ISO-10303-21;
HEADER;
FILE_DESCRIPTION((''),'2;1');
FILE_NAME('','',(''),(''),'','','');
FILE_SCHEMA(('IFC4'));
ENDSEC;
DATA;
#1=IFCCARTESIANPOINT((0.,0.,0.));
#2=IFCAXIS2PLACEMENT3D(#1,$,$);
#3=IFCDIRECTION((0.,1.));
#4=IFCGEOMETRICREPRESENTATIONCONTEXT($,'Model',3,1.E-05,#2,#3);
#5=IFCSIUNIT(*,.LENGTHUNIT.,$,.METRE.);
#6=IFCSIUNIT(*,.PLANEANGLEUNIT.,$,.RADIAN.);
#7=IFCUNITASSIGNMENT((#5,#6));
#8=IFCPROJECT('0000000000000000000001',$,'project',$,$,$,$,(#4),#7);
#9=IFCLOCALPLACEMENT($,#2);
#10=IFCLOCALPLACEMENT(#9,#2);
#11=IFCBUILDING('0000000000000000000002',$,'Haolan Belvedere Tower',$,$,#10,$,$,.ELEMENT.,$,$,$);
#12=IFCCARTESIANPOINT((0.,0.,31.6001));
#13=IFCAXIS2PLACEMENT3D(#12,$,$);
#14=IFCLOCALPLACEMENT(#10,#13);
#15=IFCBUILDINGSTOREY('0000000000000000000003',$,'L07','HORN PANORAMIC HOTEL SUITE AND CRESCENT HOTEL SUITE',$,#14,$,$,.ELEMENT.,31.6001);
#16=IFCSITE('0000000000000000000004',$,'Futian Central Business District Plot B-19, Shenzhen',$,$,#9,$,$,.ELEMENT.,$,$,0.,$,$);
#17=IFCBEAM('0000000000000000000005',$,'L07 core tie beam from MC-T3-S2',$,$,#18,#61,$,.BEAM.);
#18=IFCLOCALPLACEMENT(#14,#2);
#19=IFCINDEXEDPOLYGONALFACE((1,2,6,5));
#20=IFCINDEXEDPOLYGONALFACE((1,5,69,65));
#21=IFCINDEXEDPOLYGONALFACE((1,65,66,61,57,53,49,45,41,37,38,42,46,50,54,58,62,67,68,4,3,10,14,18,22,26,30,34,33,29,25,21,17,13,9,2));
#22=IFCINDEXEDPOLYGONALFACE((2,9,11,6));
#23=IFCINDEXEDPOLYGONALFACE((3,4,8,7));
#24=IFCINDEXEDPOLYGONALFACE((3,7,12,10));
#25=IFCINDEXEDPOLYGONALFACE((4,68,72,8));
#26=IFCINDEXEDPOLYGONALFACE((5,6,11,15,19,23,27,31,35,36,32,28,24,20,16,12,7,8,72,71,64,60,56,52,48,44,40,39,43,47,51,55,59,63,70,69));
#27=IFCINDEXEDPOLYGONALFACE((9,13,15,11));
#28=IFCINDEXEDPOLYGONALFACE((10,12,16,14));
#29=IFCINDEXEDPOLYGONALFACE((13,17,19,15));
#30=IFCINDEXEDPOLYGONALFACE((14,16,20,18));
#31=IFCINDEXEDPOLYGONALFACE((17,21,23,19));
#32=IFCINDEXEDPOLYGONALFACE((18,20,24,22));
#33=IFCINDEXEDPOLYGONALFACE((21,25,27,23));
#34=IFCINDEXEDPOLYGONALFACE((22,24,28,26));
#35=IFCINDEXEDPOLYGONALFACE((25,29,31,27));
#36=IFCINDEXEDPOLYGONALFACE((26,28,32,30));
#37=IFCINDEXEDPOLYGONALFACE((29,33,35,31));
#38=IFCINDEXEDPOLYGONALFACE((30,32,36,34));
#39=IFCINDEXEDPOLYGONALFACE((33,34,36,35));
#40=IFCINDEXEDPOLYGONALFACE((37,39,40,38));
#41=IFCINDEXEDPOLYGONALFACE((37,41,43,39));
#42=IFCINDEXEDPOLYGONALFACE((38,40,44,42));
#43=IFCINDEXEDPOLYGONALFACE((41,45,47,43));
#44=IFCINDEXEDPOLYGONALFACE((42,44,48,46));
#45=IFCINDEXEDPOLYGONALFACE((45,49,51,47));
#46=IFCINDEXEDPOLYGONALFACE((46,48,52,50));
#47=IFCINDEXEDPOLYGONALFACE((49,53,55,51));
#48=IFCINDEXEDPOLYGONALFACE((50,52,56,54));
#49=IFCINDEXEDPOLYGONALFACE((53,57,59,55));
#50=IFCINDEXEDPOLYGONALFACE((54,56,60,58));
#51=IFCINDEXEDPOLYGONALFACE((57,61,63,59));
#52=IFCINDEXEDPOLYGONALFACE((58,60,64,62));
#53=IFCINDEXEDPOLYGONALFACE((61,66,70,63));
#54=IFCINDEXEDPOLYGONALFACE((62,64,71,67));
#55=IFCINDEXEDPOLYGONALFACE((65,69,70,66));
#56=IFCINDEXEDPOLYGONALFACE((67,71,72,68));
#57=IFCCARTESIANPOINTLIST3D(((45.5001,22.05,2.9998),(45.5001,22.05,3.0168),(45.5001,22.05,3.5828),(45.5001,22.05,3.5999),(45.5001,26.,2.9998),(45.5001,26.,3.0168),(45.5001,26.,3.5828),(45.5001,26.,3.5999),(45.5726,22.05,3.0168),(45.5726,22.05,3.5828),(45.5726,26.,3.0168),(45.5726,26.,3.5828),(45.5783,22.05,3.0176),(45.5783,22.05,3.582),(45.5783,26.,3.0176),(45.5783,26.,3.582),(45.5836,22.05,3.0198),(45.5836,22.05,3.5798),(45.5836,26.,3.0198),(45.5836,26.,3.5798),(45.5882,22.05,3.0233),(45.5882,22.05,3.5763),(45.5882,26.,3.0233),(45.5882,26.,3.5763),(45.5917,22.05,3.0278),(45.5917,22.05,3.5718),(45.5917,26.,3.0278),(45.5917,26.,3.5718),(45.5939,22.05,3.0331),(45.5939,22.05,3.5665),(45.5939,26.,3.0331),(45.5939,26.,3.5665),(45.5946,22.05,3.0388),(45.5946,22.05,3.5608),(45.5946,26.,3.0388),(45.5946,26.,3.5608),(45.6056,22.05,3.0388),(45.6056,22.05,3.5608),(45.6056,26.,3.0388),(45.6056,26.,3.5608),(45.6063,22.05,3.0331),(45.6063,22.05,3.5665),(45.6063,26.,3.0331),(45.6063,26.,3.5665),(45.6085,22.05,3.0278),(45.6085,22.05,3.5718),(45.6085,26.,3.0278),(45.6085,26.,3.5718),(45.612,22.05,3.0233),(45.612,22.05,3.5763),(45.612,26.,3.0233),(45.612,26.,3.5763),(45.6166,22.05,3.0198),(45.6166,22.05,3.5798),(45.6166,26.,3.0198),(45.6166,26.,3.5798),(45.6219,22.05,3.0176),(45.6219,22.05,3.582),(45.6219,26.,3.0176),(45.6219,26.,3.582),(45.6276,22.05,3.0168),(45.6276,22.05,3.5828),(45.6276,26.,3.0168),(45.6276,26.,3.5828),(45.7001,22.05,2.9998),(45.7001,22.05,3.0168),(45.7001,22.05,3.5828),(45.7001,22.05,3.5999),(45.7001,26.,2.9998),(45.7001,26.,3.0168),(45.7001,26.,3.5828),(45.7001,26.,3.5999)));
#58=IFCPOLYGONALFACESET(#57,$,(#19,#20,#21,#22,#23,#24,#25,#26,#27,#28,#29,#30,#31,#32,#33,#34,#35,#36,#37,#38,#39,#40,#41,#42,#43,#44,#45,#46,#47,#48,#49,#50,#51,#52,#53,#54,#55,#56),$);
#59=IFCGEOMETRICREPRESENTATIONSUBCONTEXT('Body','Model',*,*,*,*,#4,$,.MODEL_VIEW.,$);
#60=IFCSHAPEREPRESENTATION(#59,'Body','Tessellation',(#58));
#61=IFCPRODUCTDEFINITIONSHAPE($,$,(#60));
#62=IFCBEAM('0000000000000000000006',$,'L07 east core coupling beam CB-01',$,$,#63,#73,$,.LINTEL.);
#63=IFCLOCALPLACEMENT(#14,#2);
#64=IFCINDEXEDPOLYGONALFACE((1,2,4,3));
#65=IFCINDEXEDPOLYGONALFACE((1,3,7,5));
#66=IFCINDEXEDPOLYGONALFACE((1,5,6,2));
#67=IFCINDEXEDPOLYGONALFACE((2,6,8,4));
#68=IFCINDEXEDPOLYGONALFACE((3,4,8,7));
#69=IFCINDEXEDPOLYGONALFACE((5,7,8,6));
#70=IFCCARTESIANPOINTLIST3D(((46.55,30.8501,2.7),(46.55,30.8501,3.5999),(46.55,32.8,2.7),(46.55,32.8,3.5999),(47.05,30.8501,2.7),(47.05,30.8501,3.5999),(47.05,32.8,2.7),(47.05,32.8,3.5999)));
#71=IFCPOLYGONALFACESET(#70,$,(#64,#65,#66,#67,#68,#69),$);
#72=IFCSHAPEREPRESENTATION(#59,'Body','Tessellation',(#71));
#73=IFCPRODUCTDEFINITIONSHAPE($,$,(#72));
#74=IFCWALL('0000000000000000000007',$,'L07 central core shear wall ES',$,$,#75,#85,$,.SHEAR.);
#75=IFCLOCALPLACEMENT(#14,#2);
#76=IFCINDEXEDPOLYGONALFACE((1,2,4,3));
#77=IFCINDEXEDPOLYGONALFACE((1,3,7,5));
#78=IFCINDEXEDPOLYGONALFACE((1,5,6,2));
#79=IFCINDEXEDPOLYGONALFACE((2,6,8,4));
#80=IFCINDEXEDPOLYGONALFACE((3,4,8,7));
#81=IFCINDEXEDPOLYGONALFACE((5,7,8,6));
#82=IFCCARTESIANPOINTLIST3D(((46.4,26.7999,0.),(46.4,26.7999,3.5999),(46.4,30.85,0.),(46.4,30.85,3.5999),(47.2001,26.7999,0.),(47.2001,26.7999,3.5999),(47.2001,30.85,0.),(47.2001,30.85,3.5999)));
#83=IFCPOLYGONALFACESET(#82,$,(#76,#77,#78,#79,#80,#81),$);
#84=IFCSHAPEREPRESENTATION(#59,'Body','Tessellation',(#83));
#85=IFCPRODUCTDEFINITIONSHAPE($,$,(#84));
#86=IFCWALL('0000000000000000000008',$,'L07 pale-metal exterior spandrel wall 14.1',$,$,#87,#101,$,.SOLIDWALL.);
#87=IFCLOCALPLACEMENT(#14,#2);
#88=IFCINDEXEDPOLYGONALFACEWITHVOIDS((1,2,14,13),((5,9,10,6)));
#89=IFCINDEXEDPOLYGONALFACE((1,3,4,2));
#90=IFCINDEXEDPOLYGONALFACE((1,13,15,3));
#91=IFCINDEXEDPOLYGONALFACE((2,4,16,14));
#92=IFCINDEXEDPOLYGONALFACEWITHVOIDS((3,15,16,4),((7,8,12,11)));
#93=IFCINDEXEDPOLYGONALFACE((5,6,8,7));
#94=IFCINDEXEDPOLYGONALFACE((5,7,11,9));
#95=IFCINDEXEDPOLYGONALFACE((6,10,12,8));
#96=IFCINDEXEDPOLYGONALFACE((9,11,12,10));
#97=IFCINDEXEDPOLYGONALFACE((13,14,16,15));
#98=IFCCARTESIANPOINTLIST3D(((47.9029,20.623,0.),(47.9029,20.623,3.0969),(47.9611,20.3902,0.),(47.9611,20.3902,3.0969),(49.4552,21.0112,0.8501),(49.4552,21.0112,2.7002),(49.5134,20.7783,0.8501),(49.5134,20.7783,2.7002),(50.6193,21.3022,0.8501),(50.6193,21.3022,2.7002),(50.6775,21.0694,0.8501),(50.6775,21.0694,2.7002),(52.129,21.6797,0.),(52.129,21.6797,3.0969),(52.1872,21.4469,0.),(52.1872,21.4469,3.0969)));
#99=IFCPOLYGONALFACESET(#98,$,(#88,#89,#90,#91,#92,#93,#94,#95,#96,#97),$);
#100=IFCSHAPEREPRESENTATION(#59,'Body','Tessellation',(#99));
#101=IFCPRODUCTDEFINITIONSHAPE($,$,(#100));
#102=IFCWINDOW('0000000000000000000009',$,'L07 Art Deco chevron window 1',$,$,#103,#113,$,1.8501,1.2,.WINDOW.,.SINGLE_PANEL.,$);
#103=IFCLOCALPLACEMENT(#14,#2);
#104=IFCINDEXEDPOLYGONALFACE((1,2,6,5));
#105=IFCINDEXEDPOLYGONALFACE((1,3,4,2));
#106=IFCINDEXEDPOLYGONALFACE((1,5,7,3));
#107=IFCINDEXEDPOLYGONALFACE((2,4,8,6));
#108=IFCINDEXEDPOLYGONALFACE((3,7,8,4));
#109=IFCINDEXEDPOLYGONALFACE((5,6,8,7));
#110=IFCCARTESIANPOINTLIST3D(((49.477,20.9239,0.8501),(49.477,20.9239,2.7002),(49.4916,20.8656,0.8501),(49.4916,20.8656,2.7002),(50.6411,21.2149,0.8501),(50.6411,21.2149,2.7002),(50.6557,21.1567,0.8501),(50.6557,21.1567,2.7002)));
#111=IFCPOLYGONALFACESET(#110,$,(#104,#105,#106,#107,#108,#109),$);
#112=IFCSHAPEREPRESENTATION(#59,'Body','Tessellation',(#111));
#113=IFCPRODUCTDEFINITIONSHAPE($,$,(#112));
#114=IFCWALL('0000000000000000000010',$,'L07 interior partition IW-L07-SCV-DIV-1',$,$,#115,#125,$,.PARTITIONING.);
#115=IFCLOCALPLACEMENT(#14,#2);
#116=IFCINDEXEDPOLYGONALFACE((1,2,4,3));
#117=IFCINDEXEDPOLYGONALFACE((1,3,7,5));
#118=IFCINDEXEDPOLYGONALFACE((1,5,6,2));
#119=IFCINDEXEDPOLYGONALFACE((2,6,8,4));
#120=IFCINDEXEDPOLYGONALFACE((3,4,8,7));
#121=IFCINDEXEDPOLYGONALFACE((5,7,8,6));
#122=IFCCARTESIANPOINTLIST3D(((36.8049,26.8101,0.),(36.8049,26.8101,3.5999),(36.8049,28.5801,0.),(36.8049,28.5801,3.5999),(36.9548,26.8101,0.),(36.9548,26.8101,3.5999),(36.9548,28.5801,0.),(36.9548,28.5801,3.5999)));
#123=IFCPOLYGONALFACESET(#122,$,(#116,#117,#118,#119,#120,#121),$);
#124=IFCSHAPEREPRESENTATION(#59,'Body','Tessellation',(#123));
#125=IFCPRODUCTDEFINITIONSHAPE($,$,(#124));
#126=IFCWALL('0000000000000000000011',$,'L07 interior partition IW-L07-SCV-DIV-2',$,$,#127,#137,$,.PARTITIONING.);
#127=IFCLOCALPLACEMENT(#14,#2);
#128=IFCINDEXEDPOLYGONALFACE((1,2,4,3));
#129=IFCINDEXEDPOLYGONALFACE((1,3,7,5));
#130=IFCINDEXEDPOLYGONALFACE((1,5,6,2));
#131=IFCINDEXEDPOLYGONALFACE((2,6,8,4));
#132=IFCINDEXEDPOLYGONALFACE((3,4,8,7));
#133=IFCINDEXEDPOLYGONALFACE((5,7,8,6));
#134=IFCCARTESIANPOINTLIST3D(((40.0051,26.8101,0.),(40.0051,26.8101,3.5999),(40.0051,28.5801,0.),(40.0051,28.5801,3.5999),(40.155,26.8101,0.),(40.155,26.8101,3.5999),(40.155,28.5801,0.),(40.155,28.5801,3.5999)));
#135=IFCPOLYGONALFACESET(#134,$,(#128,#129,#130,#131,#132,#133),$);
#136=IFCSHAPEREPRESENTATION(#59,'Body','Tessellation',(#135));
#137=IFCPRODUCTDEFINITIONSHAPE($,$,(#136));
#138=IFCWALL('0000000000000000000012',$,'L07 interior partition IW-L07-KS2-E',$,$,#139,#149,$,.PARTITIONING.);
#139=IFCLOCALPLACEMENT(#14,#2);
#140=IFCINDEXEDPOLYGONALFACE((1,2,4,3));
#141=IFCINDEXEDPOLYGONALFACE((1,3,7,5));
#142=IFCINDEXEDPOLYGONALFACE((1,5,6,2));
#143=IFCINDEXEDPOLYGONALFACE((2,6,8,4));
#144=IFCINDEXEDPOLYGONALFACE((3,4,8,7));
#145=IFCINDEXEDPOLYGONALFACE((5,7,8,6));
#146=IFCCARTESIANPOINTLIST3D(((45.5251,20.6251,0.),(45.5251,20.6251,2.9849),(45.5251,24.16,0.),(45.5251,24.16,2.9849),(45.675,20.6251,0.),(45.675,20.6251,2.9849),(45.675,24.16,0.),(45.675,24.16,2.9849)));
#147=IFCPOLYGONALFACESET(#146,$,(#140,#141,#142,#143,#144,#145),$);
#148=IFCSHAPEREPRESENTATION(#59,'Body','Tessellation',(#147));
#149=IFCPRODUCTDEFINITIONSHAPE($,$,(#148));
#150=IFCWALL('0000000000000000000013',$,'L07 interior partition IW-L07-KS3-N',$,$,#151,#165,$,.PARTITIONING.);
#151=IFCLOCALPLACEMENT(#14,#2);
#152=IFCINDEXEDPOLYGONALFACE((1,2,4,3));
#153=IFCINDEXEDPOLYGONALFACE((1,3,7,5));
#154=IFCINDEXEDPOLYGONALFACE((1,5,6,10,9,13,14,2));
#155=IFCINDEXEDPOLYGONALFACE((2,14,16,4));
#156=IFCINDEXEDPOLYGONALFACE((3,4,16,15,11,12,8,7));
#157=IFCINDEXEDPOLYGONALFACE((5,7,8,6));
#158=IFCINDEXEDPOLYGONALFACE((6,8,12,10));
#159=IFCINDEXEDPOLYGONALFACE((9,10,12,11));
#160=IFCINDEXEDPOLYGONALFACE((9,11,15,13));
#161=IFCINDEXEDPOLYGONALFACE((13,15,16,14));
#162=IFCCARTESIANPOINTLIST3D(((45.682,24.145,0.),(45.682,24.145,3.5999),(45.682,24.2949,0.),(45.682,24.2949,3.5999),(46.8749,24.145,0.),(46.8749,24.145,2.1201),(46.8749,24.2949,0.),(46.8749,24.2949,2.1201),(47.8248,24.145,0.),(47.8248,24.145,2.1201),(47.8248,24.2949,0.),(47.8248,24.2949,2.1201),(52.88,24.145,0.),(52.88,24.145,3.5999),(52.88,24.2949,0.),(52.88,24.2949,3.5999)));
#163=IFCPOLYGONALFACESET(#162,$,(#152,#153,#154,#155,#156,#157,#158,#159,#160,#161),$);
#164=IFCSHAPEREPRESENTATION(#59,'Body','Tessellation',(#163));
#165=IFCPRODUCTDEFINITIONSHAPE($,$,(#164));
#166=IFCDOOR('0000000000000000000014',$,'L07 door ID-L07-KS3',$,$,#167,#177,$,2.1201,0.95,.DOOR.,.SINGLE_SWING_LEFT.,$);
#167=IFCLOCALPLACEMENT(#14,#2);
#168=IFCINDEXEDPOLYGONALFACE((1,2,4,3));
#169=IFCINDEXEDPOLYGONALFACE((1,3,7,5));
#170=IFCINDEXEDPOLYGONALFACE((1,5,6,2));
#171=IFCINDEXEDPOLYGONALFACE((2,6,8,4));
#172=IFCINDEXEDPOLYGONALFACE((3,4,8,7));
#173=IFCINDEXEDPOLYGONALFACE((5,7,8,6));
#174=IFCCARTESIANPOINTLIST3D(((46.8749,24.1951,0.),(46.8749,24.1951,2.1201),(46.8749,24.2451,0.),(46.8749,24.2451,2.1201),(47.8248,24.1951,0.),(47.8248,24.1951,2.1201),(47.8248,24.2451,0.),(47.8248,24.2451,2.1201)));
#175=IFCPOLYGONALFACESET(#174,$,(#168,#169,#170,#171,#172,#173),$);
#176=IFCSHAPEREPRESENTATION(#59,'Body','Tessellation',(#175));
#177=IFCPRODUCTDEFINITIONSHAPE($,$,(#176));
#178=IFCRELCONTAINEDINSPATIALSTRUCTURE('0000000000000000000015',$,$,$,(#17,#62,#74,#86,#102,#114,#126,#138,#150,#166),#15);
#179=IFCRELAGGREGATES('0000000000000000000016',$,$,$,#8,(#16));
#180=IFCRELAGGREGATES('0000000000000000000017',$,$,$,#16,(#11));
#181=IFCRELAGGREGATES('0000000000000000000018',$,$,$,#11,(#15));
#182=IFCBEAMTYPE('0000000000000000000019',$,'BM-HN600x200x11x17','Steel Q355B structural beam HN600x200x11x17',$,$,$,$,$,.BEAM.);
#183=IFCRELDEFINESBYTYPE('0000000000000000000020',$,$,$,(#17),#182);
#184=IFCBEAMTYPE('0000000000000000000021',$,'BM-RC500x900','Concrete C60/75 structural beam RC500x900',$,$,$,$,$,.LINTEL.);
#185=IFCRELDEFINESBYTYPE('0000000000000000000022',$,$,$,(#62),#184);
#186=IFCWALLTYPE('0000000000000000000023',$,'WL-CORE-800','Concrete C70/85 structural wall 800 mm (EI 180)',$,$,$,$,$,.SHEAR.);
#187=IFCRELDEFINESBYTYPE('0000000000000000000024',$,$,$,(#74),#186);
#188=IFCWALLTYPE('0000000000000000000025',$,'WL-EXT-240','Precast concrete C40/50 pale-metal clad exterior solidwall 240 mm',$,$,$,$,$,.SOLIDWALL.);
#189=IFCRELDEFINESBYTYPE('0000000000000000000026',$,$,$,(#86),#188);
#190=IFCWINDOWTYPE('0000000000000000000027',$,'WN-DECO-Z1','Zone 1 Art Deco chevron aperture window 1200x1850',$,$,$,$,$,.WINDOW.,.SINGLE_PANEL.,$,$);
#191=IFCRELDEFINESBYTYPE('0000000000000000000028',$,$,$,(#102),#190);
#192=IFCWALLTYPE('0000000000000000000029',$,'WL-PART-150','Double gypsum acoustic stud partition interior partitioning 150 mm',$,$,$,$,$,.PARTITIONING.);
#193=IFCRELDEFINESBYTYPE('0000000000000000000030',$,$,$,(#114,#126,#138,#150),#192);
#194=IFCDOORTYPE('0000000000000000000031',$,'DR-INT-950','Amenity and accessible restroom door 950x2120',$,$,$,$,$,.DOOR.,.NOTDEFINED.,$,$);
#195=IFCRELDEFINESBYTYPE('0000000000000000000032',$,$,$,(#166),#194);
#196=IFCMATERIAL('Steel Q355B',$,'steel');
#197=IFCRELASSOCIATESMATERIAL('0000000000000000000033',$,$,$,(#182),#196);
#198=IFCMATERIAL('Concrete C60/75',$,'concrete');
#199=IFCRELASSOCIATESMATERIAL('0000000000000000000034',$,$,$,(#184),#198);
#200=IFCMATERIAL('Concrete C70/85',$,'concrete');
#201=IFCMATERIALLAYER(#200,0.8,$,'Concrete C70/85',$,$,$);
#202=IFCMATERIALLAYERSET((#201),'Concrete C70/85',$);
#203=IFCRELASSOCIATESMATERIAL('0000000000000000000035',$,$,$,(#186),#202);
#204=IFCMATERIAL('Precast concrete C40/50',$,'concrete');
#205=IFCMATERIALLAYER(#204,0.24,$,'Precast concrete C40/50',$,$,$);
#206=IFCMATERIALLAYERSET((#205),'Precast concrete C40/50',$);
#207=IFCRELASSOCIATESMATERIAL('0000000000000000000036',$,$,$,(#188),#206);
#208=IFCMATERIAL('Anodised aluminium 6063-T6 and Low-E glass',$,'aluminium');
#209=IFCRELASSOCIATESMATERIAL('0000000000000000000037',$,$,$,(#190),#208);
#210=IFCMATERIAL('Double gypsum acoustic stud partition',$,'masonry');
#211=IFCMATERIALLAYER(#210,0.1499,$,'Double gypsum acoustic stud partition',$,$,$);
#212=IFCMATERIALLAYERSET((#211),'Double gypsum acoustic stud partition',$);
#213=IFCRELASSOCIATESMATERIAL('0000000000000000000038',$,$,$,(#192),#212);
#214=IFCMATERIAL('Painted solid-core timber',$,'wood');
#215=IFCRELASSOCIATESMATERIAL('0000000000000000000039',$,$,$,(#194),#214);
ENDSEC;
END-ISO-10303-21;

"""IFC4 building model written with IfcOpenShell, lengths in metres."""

from ifc_helpers import new_model, si_unit, direction, frame, frame_2d, origin, origin_2d, place, context, subcontext, project, spatial, rectangle, i_section, extrude, material, layer, layer_set, material_profile, profile_set, type_object, element, fill, save


model = new_model("IFC4")

# Units and contexts
model_context = context("Model", 3, precision=1e-05, world=origin(), true_north=direction((0.0, 1.0)))
body_context = subcontext(model_context, "Body", "Model", "MODEL_VIEW")
ifc_project = project(units=[si_unit("LENGTHUNIT", "METRE"), si_unit("PLANEANGLEUNIT", "RADIAN")], contexts=[model_context])

# Site, building, storey
site_placement = place(None, origin())
site = spatial("IfcSite", under=ifc_project, at=site_placement, Name="Futian Central Business District Plot B-19, Shenzhen", CompositionType="ELEMENT", RefElevation=0.0)
building_placement = place(site_placement, origin())
building = spatial("IfcBuilding", under=site, at=building_placement, Name="Haolan Belvedere Tower", CompositionType="ELEMENT")
storey_placement = place(building_placement, frame((0.0, 0.0, 31.6001)))
storey = spatial("IfcBuildingStorey", under=building, at=storey_placement, Name="L07", Description="HORN PANORAMIC HOTEL SUITE AND CRESCENT HOTEL SUITE", CompositionType="ELEMENT", Elevation=31.6001)

# Shared definitions
ifc_material_1 = material(Name="Steel Q355B", Category="steel")

# Beams
ifc_material_profile_1 = material_profile(ifc_material_1, i_section(OverallWidth=0.2, OverallDepth=0.6001, WebThickness=0.011, FlangeThickness=0.0171, FilletRadius=0.022, at=origin_2d()), Name="Steel Q355B")
ifc_profile_set_1 = profile_set([ifc_material_profile_1], Name="Steel Q355B")
beam_type_1 = type_object("IfcBeamType", Name="BM-HN600x200x11x17", Description="Steel Q355B structural beam HN600x200x11x17", PredefinedType="BEAM", material=ifc_profile_set_1)
for number, where, z_axis, x_axis, name in (
    (1, (45.6001, 22.05, 3.2998), (0.0, 1.0, 0.0), (-1.0, 0.0, 0.0), "L07 core tie beam from MC-T3-S2"),
):
    element("IfcBeam", number, at=place(storey_placement, frame(where, z_axis=z_axis, x_axis=x_axis)), inside=storey, type_object=beam_type_1, Name=name, PredefinedType="BEAM", context=body_context, shape_type="SweptSolid", body=[
        extrude(i_section(OverallWidth=0.2, OverallDepth=0.6001, WebThickness=0.011, FlangeThickness=0.0171, FilletRadius=0.022, at=origin_2d()), origin(), (0.0, 0.0, 1.0), 3.95),
    ])
ifc_material_2 = material(Name="Concrete C60/75", Category="concrete")
ifc_material_profile_2 = material_profile(ifc_material_2, rectangle(XDim=0.5, YDim=0.8999, at=origin_2d()), Name="Concrete C60/75")
ifc_profile_set_2 = profile_set([ifc_material_profile_2], Name="Concrete C60/75")
beam_type_2 = type_object("IfcBeamType", Name="BM-RC500x900", Description="Concrete C60/75 structural beam RC500x900", PredefinedType="LINTEL", material=ifc_profile_set_2)
beam_1_placement = place(storey_placement, frame((46.8, 30.8501, 3.1499), z_axis=(0.0, 1.0, 0.0), x_axis=(-1.0, 0.0, 0.0)))
element("IfcBeam", 2, at=beam_1_placement, inside=storey, type_object=beam_type_2, Name="L07 east core coupling beam CB-01", PredefinedType="LINTEL", context=body_context, shape_type="SweptSolid", body=[
    extrude(rectangle(XDim=0.5, YDim=0.8999, at=origin_2d()), origin(), (0.0, 0.0, 1.0), 1.95),
])

# Wall
ifc_material_3 = material(Name="Concrete C70/85", Category="concrete")
ifc_layer_1 = layer(ifc_material_3, 0.8, Name="Concrete C70/85")
ifc_layer_set_1 = layer_set([ifc_layer_1], Name="Concrete C70/85")
wall_type_1 = type_object("IfcWallType", Name="WL-CORE-800", Description="Concrete C70/85 structural wall 800 mm (EI 180)", PredefinedType="SHEAR", material=ifc_layer_set_1)
wall_1_placement = place(storey_placement, frame((46.8, 26.8, 0.0), z_axis=(0.0, 0.0, 1.0), x_axis=(0.0, 1.0, 0.0)))
element("IfcWall", 3, at=wall_1_placement, inside=storey, type_object=wall_type_1, Name="L07 central core shear wall ES", PredefinedType="SHEAR", context=body_context, shape_type="SweptSolid", body=[
    extrude(rectangle(XDim=4.05, YDim=0.8, at=frame_2d((2.0249, 0.0))), origin(), (0.0, 0.0, 1.0), 3.5999),
])

# Wall, opening, window
ifc_material_4 = material(Name="Precast concrete C40/50", Category="concrete")
ifc_layer_2 = layer(ifc_material_4, 0.24, Name="Precast concrete C40/50")
ifc_layer_set_2 = layer_set([ifc_layer_2], Name="Precast concrete C40/50")
wall_type_2 = type_object("IfcWallType", Name="WL-EXT-240", Description="Precast concrete C40/50 pale-metal clad exterior solidwall 240 mm", PredefinedType="SOLIDWALL", material=ifc_layer_set_2)
wall_2_placement = place(storey_placement, frame((47.9319, 20.5066, 0.0), z_axis=(0.0, 0.0, 1.0), x_axis=(0.970136, 0.242562, 0.0)))
wall_2 = element("IfcWall", 4, at=wall_2_placement, inside=storey, type_object=wall_type_2, Name="L07 pale-metal exterior spandrel wall 14.1", PredefinedType="SOLIDWALL", context=body_context, shape_type="SweptSolid", body=[
    extrude(rectangle(XDim=4.3562, YDim=0.24, at=frame_2d((2.1782, 0.0))), origin(), (0.0, 0.0, 1.0), 3.0969),
])
opening_1_placement = place(wall_2_placement, frame((1.6001, 0.0, 0.8501)))
opening_1 = element("IfcOpeningElement", 5, at=opening_1_placement, cuts=wall_2, PredefinedType="OPENING", context=body_context, shape_type="SweptSolid", body=[
    extrude(rectangle(XDim=1.2, YDim=1.8501, at=frame_2d((0.6001, 0.925))), frame((0.0, 0.1299, 0.0), z_axis=(0.0, -1.0, 0.0), x_axis=(1.0, 0.0, 0.0)), (0.0, 0.0, 1.0), 0.26),
])
ifc_material_5 = material(Name="Anodised aluminium 6063-T6 and Low-E glass", Category="aluminium")
window_type = type_object("IfcWindowType", Name="WN-DECO-Z1", Description="Zone 1 Art Deco chevron aperture window 1200x1850", PartitioningType="SINGLE_PANEL", PredefinedType="WINDOW", material=ifc_material_5)
window_placement = place(opening_1_placement, origin())
window = element("IfcWindow", 6, at=window_placement, inside=storey, type_object=window_type, Name="L07 Art Deco chevron window 1", OverallHeight=1.8501, OverallWidth=1.2, PartitioningType="SINGLE_PANEL", PredefinedType="WINDOW", context=body_context, shape_type="SweptSolid", body=[
    extrude(rectangle(XDim=1.2, YDim=1.8501, at=frame_2d((0.6001, 0.925))), frame((0.0, 0.03, 0.0), z_axis=(0.0, -1.0, 0.0), x_axis=(1.0, 0.0, 0.0)), (0.0, 0.0, 1.0), 0.0601),
])
fill(opening_1, window)

# Walls
ifc_material_6 = material(Name="Double gypsum acoustic stud partition", Category="masonry")
ifc_layer_3 = layer(ifc_material_6, 0.1499, Name="Double gypsum acoustic stud partition")
ifc_layer_set_3 = layer_set([ifc_layer_3], Name="Double gypsum acoustic stud partition")
wall_type_3 = type_object("IfcWallType", Name="WL-PART-150", Description="Double gypsum acoustic stud partition interior partitioning 150 mm", PredefinedType="PARTITIONING", material=ifc_layer_set_3)
for number, where, z_axis, x_axis, name in (
    (7, (36.8799, 26.8101, 0.0), (0.0, 0.0, 1.0), (0.0, 1.0, 0.0), "L07 interior partition IW-L07-SCV-DIV-1"),
    (8, (40.0801, 26.8101, 0.0), (0.0, 0.0, 1.0), (0.0, 1.0, 0.0), "L07 interior partition IW-L07-SCV-DIV-2"),
):
    element("IfcWall", number, at=place(storey_placement, frame(where, z_axis=z_axis, x_axis=x_axis)), inside=storey, type_object=wall_type_3, Name=name, PredefinedType="PARTITIONING", context=body_context, shape_type="SweptSolid", body=[
        extrude(rectangle(XDim=1.77, YDim=0.1499, at=frame_2d((0.885, 0.0))), origin(), (0.0, 0.0, 1.0), 3.5999),
    ])
wall_3_placement = place(storey_placement, frame((45.6001, 20.625, 0.0), z_axis=(0.0, 0.0, 1.0), x_axis=(0.0, 1.0, 0.0)))
element("IfcWall", 9, at=wall_3_placement, inside=storey, type_object=wall_type_3, Name="L07 interior partition IW-L07-KS2-E", PredefinedType="PARTITIONING", context=body_context, shape_type="SweptSolid", body=[
    extrude(rectangle(XDim=3.5349, YDim=0.1499, at=frame_2d((1.7676, 0.0))), origin(), (0.0, 0.0, 1.0), 2.9849),
])

# Wall, opening, door
wall_4_placement = place(storey_placement, frame((45.6819, 24.22, 0.0), z_axis=(0.0, 0.0, 1.0), x_axis=(1.0, 0.0, 0.0)))
wall_4 = element("IfcWall", 10, at=wall_4_placement, inside=storey, type_object=wall_type_3, Name="L07 interior partition IW-L07-KS3-N", PredefinedType="PARTITIONING", context=body_context, shape_type="SweptSolid", body=[
    extrude(rectangle(XDim=7.198, YDim=0.1499, at=frame_2d((3.5991, 0.0))), origin(), (0.0, 0.0, 1.0), 3.5999),
])
opening_2_placement = place(wall_4_placement, frame((2.1431, 0.0, 0.0), z_axis=(0.0, 0.0, 1.0), x_axis=(-1.0, 0.0, 0.0)))
opening_2 = element("IfcOpeningElement", 11, at=opening_2_placement, cuts=wall_4, PredefinedType="OPENING", context=body_context, shape_type="SweptSolid", body=[
    extrude(rectangle(XDim=0.95, YDim=2.1201, at=frame_2d((0.4751, 1.0601))), frame((0.0, 0.085, 0.0), z_axis=(0.0, -1.0, 0.0), x_axis=(1.0, 0.0, 0.0)), (0.0, 0.0, 1.0), 0.1699),
])
ifc_material_7 = material(Name="Painted solid-core timber", Category="wood")
door_type = type_object("IfcDoorType", Name="DR-INT-950", Description="Amenity and accessible restroom door 950x2120", OperationType="NOTDEFINED", PredefinedType="DOOR", material=ifc_material_7)
door_placement = place(opening_2_placement, origin())
door = element("IfcDoor", 12, at=door_placement, inside=storey, type_object=door_type, Name="L07 door ID-L07-KS3", OperationType="SINGLE_SWING_LEFT", OverallHeight=2.1201, OverallWidth=0.95, PredefinedType="DOOR", context=body_context, shape_type="SweptSolid", body=[
    extrude(rectangle(XDim=0.95, YDim=2.1201, at=frame_2d((0.4751, 1.0601))), frame((0.0, 0.0249, 0.0), z_axis=(0.0, -1.0, 0.0), x_axis=(1.0, 0.0, 0.0)), (0.0, 0.0, 1.0), 0.05),
])
fill(opening_2, door)

save(model, "model.ifc")
